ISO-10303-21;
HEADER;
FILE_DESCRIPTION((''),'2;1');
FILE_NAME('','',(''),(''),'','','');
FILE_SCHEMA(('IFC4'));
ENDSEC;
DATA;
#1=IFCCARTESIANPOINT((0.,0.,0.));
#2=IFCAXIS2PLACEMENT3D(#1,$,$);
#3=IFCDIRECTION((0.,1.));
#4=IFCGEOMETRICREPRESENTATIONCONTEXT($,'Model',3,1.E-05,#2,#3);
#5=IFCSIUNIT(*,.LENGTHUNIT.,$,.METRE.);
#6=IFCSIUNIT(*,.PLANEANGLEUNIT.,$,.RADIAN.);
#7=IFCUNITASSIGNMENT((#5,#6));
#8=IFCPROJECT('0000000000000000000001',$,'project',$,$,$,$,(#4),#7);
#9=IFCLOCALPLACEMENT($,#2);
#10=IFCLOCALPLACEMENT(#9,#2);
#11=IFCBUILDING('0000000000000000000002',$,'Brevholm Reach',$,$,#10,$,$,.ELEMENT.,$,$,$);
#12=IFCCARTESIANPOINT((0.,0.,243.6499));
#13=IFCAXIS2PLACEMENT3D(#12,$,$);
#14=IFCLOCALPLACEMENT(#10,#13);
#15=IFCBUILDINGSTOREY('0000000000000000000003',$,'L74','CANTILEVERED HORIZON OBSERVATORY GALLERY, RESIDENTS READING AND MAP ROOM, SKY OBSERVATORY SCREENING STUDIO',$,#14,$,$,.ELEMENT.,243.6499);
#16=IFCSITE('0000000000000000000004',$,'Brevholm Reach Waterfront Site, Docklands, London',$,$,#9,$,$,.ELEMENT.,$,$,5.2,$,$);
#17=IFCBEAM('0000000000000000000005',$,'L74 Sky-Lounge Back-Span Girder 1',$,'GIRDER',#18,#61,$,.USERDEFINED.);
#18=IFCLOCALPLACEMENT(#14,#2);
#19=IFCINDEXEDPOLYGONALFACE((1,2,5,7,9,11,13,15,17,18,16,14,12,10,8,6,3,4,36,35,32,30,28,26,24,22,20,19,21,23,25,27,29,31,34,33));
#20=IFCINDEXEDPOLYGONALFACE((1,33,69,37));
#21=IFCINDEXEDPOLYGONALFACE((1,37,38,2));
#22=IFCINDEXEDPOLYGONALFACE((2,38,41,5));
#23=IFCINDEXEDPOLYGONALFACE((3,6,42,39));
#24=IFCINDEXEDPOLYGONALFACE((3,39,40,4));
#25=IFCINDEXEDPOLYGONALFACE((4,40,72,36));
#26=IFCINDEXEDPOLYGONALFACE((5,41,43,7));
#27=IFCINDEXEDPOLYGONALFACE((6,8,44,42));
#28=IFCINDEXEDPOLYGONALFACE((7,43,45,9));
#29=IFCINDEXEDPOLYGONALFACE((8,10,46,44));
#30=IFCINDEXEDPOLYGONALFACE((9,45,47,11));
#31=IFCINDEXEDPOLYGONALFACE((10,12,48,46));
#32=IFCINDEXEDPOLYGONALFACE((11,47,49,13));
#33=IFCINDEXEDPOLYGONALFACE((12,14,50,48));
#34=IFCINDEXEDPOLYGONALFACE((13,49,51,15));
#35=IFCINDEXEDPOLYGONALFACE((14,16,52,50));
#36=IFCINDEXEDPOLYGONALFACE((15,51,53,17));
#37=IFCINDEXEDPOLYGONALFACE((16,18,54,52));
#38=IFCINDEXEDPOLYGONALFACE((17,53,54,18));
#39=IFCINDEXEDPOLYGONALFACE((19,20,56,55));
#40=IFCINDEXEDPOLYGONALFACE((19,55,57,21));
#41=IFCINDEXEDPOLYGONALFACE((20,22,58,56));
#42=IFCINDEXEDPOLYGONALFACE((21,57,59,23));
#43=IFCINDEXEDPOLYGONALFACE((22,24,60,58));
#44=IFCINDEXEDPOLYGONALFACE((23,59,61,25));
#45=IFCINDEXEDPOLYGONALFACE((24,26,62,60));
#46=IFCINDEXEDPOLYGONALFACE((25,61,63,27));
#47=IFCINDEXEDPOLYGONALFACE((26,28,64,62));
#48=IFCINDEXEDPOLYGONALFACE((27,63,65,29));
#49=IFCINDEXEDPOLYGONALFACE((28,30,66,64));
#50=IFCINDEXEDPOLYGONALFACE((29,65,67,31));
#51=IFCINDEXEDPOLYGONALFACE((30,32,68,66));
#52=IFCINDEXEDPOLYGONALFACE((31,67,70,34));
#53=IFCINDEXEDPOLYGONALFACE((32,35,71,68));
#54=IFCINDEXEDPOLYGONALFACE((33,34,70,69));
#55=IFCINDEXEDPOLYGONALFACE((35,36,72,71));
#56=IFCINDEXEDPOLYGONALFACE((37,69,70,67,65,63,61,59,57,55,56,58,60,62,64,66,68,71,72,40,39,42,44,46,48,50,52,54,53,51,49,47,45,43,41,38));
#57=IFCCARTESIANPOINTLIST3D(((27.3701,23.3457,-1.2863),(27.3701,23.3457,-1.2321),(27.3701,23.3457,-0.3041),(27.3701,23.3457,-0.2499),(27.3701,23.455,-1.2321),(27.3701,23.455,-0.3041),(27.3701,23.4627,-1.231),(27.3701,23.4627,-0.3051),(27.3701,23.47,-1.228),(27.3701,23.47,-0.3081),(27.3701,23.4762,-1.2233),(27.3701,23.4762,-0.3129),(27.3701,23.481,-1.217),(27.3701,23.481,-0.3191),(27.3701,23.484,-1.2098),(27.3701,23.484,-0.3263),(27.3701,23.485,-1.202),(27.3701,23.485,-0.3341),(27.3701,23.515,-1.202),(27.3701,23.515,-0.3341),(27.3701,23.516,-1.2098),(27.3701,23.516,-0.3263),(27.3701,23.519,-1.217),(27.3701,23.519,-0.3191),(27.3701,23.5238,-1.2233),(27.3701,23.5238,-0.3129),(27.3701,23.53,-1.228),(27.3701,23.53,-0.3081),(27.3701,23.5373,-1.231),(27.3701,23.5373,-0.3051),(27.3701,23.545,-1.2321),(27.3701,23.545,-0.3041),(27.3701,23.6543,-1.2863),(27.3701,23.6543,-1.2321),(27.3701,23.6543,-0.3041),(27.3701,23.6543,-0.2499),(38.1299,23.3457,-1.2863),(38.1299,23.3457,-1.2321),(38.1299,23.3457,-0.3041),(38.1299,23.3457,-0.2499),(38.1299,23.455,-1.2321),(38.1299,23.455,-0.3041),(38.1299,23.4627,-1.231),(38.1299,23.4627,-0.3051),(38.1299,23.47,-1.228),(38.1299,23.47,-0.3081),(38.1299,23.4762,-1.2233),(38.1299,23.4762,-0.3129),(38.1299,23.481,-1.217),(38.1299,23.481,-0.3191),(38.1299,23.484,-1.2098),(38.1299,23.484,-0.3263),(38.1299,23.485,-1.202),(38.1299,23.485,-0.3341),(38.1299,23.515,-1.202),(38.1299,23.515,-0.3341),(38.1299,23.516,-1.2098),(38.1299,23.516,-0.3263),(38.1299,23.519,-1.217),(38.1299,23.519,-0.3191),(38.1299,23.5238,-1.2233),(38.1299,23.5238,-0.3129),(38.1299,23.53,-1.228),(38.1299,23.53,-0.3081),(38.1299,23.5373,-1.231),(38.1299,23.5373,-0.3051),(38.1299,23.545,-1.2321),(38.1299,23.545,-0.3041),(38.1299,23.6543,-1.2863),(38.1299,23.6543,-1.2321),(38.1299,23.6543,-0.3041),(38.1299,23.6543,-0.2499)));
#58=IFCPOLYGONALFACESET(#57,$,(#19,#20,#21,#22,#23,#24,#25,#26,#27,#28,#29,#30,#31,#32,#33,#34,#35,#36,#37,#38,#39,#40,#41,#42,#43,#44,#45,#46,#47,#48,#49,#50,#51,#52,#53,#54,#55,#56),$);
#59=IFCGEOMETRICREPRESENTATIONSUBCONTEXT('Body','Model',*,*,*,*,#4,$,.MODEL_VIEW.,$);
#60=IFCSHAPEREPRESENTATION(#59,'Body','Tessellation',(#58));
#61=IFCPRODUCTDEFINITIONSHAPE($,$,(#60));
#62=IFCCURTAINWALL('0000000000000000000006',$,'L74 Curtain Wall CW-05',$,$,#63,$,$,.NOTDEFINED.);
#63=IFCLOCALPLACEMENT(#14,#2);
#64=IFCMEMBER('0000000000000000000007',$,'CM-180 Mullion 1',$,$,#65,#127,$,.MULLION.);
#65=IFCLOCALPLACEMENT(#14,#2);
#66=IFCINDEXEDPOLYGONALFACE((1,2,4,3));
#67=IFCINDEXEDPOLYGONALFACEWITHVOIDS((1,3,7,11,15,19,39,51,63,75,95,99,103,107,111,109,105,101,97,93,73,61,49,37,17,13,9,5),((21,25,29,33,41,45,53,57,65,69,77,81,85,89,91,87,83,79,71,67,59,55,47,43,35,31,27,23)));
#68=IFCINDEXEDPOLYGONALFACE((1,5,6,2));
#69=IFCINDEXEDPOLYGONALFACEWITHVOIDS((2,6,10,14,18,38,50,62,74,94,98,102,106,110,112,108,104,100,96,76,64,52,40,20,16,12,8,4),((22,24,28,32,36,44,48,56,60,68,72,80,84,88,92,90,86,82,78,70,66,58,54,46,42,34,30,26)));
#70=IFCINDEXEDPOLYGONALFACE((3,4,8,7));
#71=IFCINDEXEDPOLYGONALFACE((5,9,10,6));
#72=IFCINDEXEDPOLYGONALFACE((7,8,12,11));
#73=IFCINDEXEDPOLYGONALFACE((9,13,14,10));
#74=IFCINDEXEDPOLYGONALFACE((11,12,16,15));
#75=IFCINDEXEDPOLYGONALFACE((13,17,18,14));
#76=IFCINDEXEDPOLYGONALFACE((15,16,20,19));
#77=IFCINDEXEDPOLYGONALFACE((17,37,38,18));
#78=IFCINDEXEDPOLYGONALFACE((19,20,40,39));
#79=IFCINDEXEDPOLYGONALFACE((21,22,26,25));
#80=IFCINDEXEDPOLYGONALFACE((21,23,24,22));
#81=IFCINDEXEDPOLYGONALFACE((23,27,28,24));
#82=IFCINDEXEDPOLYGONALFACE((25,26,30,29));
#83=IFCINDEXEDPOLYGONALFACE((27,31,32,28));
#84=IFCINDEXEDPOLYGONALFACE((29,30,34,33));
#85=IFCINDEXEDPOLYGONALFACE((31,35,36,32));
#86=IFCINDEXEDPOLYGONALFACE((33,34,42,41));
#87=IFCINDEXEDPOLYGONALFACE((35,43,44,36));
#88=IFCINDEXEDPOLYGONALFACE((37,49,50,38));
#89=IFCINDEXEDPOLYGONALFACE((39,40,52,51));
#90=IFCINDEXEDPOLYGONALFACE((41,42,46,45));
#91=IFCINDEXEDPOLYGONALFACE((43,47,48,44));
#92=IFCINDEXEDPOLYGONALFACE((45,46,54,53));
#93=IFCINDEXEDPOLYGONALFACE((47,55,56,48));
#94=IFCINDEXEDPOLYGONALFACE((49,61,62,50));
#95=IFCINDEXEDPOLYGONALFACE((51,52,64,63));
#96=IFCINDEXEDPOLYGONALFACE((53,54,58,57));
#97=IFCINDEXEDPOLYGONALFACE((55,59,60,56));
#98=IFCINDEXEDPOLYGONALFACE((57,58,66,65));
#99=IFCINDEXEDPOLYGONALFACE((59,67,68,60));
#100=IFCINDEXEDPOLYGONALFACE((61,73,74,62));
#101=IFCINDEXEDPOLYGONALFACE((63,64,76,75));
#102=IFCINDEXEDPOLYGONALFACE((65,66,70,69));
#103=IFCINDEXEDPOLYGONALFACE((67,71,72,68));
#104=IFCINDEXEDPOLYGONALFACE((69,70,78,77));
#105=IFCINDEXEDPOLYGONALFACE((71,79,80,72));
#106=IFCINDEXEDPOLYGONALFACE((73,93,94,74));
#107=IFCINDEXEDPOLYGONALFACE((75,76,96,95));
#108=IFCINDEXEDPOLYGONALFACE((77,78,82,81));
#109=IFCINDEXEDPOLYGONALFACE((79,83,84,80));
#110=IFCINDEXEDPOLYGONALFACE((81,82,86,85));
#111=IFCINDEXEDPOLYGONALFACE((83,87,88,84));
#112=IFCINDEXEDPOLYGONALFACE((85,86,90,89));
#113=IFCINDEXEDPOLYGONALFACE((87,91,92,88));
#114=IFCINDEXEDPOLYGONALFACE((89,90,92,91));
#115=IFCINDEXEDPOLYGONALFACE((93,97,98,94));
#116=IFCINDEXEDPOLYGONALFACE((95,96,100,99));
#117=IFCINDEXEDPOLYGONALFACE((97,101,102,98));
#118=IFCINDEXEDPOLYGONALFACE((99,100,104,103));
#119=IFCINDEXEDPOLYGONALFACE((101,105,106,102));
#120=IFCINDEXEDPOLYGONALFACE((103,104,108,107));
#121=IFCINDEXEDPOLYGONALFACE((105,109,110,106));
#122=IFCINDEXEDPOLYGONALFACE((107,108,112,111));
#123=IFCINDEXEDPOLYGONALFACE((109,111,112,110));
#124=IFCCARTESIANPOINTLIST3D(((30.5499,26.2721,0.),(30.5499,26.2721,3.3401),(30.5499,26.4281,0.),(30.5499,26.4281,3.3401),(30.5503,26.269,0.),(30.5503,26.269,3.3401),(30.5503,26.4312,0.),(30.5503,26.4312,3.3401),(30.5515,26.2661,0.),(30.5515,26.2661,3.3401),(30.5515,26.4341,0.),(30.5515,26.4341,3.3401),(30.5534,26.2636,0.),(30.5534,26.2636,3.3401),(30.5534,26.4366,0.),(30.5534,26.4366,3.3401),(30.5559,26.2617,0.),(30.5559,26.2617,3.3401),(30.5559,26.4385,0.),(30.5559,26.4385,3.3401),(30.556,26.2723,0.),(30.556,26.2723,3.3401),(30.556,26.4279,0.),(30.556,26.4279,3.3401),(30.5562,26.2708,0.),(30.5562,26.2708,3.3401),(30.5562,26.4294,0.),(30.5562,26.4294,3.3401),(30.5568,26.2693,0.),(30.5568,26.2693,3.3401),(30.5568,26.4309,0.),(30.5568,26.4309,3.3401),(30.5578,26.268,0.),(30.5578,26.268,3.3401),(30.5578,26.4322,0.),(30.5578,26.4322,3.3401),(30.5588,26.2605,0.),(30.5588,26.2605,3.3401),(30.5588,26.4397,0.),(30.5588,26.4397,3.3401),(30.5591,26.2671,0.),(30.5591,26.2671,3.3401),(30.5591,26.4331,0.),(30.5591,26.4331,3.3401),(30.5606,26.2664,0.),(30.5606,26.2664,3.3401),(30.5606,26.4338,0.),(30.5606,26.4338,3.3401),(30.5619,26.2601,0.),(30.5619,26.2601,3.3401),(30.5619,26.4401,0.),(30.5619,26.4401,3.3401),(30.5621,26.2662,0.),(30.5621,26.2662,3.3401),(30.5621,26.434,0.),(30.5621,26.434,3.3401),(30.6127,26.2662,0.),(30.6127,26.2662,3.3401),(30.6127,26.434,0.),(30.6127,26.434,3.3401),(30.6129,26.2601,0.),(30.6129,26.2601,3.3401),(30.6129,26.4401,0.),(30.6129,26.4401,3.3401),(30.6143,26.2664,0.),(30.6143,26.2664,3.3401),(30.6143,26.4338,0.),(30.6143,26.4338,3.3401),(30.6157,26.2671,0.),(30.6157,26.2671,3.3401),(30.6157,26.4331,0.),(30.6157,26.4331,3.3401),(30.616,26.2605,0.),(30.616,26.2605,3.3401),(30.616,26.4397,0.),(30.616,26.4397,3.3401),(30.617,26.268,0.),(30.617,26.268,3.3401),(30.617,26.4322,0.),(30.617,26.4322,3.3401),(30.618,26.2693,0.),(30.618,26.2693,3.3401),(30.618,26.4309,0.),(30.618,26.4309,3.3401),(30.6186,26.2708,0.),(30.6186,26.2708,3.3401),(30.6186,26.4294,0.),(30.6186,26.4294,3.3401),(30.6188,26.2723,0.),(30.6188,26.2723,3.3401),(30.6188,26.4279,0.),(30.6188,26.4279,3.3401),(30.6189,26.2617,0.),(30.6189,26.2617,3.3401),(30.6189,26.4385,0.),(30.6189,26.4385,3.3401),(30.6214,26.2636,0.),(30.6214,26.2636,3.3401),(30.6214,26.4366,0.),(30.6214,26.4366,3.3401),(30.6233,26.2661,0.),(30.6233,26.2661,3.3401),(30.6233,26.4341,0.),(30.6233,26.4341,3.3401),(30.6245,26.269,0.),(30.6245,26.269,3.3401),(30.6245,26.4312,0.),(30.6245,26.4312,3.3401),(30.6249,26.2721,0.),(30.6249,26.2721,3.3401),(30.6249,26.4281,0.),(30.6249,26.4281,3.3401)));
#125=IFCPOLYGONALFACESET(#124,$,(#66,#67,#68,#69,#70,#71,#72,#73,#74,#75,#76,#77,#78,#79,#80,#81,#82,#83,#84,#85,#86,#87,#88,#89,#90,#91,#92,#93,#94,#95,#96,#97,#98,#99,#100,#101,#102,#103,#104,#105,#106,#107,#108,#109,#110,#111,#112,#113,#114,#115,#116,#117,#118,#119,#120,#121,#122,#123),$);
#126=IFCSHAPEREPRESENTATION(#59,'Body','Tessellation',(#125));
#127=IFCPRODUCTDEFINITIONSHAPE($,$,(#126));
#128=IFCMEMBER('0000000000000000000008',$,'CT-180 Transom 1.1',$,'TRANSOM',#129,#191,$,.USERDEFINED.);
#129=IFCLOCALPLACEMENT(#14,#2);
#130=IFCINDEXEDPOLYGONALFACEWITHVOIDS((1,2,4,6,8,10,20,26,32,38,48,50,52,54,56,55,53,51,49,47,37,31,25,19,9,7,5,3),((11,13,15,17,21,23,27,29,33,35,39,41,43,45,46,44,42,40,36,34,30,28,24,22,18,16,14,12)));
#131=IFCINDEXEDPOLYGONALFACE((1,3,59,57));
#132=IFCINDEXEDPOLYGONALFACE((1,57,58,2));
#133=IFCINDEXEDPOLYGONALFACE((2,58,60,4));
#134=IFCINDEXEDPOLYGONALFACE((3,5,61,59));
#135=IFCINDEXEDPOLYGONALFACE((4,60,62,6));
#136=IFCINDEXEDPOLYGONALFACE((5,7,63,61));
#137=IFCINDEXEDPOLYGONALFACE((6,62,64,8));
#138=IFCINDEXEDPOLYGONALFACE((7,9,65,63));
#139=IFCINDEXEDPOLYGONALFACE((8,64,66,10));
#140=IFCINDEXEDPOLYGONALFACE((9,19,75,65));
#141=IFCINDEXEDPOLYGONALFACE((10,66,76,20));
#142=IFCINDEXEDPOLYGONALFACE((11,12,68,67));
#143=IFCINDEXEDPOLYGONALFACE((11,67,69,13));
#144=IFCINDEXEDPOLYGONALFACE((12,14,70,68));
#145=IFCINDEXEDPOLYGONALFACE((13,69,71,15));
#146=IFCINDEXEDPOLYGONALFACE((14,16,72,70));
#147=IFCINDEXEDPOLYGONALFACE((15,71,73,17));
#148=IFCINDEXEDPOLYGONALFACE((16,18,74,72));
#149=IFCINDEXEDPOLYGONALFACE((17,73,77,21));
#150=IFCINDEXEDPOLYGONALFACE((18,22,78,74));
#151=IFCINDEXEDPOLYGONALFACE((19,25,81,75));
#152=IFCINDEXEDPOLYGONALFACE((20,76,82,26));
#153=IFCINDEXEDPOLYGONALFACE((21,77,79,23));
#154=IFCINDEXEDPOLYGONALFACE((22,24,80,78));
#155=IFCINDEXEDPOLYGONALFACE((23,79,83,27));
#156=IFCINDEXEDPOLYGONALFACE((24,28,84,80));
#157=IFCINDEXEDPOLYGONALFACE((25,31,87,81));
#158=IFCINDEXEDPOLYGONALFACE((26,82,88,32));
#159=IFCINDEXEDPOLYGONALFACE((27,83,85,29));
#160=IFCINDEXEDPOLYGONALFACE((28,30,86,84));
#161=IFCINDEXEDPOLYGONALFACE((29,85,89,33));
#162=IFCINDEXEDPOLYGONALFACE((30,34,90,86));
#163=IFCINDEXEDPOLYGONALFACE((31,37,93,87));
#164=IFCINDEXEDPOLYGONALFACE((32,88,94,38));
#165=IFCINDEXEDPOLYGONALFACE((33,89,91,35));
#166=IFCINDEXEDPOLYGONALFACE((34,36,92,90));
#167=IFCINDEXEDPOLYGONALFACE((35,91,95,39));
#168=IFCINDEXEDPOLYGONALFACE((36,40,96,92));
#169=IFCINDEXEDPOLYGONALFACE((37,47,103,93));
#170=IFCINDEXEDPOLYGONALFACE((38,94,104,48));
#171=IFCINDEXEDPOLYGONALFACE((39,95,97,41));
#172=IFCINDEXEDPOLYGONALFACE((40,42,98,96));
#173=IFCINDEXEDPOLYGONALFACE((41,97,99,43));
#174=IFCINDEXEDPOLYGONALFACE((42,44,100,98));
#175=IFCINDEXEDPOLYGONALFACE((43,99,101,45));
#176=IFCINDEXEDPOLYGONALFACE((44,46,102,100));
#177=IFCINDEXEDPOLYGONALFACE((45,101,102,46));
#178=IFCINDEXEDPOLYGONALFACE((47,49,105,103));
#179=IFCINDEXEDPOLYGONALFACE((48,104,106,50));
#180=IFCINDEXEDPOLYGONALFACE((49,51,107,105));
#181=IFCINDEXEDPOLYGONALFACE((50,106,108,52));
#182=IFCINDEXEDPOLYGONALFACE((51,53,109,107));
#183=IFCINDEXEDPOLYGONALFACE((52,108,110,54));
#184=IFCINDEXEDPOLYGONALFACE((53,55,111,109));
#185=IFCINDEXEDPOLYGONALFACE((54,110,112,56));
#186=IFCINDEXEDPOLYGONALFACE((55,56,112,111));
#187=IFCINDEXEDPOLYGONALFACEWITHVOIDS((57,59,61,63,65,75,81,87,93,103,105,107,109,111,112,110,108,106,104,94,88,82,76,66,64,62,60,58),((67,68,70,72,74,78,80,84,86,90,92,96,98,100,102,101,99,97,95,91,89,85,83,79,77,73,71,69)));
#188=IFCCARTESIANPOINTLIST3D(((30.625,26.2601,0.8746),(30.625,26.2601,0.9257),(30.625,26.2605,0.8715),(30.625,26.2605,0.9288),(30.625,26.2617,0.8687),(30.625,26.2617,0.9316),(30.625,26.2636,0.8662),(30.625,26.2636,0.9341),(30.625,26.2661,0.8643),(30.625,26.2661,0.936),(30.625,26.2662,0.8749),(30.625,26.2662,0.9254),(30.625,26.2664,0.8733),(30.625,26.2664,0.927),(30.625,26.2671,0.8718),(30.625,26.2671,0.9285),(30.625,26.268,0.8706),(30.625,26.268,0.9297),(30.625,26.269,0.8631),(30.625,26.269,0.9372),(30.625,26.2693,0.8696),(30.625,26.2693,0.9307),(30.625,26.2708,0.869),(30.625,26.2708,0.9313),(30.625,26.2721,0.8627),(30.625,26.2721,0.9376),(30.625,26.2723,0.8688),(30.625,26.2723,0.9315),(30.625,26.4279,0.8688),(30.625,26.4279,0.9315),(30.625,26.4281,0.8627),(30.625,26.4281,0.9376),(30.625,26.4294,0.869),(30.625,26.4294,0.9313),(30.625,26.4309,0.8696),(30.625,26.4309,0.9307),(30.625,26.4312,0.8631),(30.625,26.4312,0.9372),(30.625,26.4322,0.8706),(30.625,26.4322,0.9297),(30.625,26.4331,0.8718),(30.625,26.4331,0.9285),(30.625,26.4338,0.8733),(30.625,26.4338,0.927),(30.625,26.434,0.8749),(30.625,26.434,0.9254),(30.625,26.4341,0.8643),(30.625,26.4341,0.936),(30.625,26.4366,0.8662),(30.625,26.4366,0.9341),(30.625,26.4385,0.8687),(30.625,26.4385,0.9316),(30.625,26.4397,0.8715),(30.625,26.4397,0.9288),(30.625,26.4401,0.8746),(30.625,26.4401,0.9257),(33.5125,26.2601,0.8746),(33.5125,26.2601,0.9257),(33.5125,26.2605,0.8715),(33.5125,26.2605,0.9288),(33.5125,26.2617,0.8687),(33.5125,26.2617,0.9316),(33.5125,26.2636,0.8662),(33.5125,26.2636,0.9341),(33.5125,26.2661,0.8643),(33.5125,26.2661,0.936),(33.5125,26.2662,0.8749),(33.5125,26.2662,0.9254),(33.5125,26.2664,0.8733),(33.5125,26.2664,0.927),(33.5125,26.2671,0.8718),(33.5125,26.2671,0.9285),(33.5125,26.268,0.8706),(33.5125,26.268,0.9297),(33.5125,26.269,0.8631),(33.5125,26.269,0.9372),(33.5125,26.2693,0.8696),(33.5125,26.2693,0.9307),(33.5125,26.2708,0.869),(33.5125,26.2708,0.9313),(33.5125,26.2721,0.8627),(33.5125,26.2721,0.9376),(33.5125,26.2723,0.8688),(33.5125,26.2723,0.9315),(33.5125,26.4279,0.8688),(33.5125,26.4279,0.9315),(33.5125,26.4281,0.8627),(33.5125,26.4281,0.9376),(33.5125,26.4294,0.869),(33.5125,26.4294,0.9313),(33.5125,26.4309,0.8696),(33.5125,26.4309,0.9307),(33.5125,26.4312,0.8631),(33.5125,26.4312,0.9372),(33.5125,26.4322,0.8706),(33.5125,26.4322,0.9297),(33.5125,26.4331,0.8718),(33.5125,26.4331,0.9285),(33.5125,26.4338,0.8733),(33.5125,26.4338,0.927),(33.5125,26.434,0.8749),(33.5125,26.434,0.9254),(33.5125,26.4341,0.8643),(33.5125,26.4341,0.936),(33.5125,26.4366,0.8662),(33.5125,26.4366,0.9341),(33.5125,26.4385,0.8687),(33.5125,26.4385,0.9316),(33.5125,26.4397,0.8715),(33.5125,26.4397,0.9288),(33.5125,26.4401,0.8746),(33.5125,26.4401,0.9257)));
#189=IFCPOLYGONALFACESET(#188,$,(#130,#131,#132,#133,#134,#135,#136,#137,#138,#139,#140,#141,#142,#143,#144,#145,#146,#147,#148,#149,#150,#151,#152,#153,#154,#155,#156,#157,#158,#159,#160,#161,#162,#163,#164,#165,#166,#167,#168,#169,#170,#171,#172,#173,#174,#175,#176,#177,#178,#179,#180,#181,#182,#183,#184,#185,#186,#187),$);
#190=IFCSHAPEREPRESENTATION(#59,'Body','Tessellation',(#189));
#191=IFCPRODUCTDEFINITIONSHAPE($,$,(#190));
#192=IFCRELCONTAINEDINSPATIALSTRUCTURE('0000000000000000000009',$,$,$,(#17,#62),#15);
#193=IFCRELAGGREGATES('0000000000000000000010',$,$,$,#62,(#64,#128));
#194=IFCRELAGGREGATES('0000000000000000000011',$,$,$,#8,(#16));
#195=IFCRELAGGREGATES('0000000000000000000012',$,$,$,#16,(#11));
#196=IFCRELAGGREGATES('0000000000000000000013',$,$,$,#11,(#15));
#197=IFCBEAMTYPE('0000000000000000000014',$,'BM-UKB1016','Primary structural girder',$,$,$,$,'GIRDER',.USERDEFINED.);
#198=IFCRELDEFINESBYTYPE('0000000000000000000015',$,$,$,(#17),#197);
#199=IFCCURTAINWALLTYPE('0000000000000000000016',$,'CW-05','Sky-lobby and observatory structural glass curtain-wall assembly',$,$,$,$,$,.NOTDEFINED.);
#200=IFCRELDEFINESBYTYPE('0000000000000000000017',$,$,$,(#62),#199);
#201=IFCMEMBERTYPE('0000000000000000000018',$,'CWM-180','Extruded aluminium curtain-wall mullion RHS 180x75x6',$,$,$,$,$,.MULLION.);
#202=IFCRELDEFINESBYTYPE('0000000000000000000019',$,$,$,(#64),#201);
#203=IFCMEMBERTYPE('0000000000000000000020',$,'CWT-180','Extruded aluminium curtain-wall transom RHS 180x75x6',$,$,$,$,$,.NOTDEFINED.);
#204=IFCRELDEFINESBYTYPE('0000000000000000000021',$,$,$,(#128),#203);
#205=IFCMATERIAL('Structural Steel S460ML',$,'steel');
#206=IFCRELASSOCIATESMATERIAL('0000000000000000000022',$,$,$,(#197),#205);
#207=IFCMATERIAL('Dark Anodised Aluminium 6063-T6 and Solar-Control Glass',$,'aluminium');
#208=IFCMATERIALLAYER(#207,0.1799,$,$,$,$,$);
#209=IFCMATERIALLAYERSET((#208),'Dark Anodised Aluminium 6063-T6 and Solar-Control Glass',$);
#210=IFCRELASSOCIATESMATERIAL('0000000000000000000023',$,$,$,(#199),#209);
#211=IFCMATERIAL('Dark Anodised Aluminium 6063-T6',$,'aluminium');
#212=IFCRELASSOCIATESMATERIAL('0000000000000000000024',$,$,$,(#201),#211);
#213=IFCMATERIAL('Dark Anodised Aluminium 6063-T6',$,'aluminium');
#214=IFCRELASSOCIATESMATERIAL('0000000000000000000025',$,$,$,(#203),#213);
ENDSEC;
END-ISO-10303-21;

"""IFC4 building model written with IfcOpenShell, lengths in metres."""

from ifc_helpers import new_model, si_unit, direction, frame, origin, origin_2d, place, context, subcontext, project, spatial, hollow_rectangle, i_section, extrude, material, layer, layer_set, material_profile, profile_set, type_object, element, aggregate, save


model = new_model("IFC4")

# Units and contexts
model_context = context("Model", 3, precision=1e-05, world=origin(), true_north=direction((0.0, 1.0)))
body_context = subcontext(model_context, "Body", "Model", "MODEL_VIEW")
ifc_project = project(units=[si_unit("LENGTHUNIT", "METRE"), si_unit("PLANEANGLEUNIT", "RADIAN")], contexts=[model_context])

# Site, building, storey
site_placement = place(None, origin())
site = spatial("IfcSite", under=ifc_project, at=site_placement, Name="Brevholm Reach Waterfront Site, Docklands, London", CompositionType="ELEMENT", RefElevation=5.2)
building_placement = place(site_placement, origin())
building = spatial("IfcBuilding", under=site, at=building_placement, Name="Brevholm Reach", CompositionType="ELEMENT")
storey_placement = place(building_placement, frame((0.0, 0.0, 243.6499)))
storey = spatial("IfcBuildingStorey", under=building, at=storey_placement, Name="L74", Description="CANTILEVERED HORIZON OBSERVATORY GALLERY, RESIDENTS READING AND MAP ROOM, SKY OBSERVATORY SCREENING STUDIO", CompositionType="ELEMENT", Elevation=243.6499)

# Beam
ifc_material_1 = material(Name="Structural Steel S460ML", Category="steel")
ifc_material_profile_1 = material_profile(ifc_material_1, i_section(OverallWidth=0.3086, OverallDepth=1.0364, WebThickness=0.03, FlangeThickness=0.0542, FilletRadius=0.03, at=origin_2d()), Name="UKB 1016x305x487")
ifc_profile_set_1 = profile_set([ifc_material_profile_1], Name="Structural Steel S460ML")
beam_type_1 = type_object("IfcBeamType", Name="BM-UKB1016", Description="Primary structural girder", ElementType="GIRDER", PredefinedType="USERDEFINED", material=ifc_profile_set_1)
for number, where, z_axis, x_axis, name in (
    (1, (27.3701, 23.5, -0.7681), (1.0, 0.0, 0.0), (0.0, 1.0, 0.0), "L74 Sky-Lounge Back-Span Girder 1"),
):
    element("IfcBeam", number, at=place(storey_placement, frame(where, z_axis=z_axis, x_axis=x_axis)), inside=storey, type_object=beam_type_1, Name=name, ObjectType="GIRDER", PredefinedType="USERDEFINED", context=body_context, shape_type="SweptSolid", body=[
        extrude(i_section(OverallWidth=0.3086, OverallDepth=1.0364, WebThickness=0.03, FlangeThickness=0.0542, FilletRadius=0.03, at=origin_2d()), origin(), (0.0, 0.0, 1.0), 10.7598),
    ])

# Curtain wall, members
ifc_material_2 = material(Name="Dark Anodised Aluminium 6063-T6 and Solar-Control Glass", Category="aluminium")
ifc_layer_1 = layer(ifc_material_2, 0.1799)
ifc_layer_set_1 = layer_set([ifc_layer_1], Name="Dark Anodised Aluminium 6063-T6 and Solar-Control Glass")
curtain_wall_type = type_object("IfcCurtainWallType", Name="CW-05", Description="Sky-lobby and observatory structural glass curtain-wall assembly", PredefinedType="NOTDEFINED", material=ifc_layer_set_1)
curtain_wall_placement = place(storey_placement, origin())
curtain_wall = element("IfcCurtainWall", 2, at=curtain_wall_placement, inside=storey, type_object=curtain_wall_type, Name="L74 Curtain Wall CW-05", PredefinedType="NOTDEFINED")
ifc_material_3 = material(Name="Dark Anodised Aluminium 6063-T6", Category="aluminium")
ifc_material_profile_2 = material_profile(ifc_material_3, hollow_rectangle(XDim=0.075, YDim=0.1799, WallThickness=0.0061, InnerFilletRadius=0.0061, OuterFilletRadius=0.012, at=origin_2d()), Name="RHS 180x75x6")
ifc_profile_set_2 = profile_set([ifc_material_profile_2], Name="Dark Anodised Aluminium 6063-T6")
member_type_1 = type_object("IfcMemberType", Name="CWM-180", Description="Extruded aluminium curtain-wall mullion RHS 180x75x6", PredefinedType="MULLION", material=ifc_profile_set_2)
member_1_placement = place(storey_placement, frame((30.5874, 26.3501, 0.0), z_axis=(0.0, 0.0, 1.0), x_axis=(1.0, 0.0, 0.0)))
member_1 = element("IfcMember", 3, at=member_1_placement, type_object=member_type_1, Name="CM-180 Mullion 1", PredefinedType="MULLION", context=body_context, shape_type="SweptSolid", body=[
    extrude(hollow_rectangle(XDim=0.075, YDim=0.1799, WallThickness=0.0061, InnerFilletRadius=0.0061, OuterFilletRadius=0.012, at=origin_2d()), origin(), (0.0, 0.0, 1.0), 3.3401),
])
ifc_material_4 = material(Name="Dark Anodised Aluminium 6063-T6", Category="aluminium")
ifc_material_profile_3 = material_profile(ifc_material_4, hollow_rectangle(XDim=0.075, YDim=0.1799, WallThickness=0.0061, InnerFilletRadius=0.0061, OuterFilletRadius=0.012, at=origin_2d()), Name="RHS 180x75x6")
ifc_profile_set_3 = profile_set([ifc_material_profile_3], Name="Dark Anodised Aluminium 6063-T6")
member_type_2 = type_object("IfcMemberType", Name="CWT-180", Description="Extruded aluminium curtain-wall transom RHS 180x75x6", PredefinedType="NOTDEFINED", material=ifc_profile_set_3)
member_2_placement = place(storey_placement, frame((30.625, 26.3501, 0.9001), z_axis=(1.0, 0.0, 0.0), x_axis=(0.0, 0.0, 1.0)))
member_2 = element("IfcMember", 4, at=member_2_placement, type_object=member_type_2, Name="CT-180 Transom 1.1", ObjectType="TRANSOM", PredefinedType="USERDEFINED", context=body_context, shape_type="SweptSolid", body=[
    extrude(hollow_rectangle(XDim=0.075, YDim=0.1799, WallThickness=0.0061, InnerFilletRadius=0.0061, OuterFilletRadius=0.012, at=origin_2d()), origin(), (0.0, 0.0, 1.0), 2.8875),
])
aggregate(curtain_wall, [member_1, member_2])

save(model, "model.ifc")
